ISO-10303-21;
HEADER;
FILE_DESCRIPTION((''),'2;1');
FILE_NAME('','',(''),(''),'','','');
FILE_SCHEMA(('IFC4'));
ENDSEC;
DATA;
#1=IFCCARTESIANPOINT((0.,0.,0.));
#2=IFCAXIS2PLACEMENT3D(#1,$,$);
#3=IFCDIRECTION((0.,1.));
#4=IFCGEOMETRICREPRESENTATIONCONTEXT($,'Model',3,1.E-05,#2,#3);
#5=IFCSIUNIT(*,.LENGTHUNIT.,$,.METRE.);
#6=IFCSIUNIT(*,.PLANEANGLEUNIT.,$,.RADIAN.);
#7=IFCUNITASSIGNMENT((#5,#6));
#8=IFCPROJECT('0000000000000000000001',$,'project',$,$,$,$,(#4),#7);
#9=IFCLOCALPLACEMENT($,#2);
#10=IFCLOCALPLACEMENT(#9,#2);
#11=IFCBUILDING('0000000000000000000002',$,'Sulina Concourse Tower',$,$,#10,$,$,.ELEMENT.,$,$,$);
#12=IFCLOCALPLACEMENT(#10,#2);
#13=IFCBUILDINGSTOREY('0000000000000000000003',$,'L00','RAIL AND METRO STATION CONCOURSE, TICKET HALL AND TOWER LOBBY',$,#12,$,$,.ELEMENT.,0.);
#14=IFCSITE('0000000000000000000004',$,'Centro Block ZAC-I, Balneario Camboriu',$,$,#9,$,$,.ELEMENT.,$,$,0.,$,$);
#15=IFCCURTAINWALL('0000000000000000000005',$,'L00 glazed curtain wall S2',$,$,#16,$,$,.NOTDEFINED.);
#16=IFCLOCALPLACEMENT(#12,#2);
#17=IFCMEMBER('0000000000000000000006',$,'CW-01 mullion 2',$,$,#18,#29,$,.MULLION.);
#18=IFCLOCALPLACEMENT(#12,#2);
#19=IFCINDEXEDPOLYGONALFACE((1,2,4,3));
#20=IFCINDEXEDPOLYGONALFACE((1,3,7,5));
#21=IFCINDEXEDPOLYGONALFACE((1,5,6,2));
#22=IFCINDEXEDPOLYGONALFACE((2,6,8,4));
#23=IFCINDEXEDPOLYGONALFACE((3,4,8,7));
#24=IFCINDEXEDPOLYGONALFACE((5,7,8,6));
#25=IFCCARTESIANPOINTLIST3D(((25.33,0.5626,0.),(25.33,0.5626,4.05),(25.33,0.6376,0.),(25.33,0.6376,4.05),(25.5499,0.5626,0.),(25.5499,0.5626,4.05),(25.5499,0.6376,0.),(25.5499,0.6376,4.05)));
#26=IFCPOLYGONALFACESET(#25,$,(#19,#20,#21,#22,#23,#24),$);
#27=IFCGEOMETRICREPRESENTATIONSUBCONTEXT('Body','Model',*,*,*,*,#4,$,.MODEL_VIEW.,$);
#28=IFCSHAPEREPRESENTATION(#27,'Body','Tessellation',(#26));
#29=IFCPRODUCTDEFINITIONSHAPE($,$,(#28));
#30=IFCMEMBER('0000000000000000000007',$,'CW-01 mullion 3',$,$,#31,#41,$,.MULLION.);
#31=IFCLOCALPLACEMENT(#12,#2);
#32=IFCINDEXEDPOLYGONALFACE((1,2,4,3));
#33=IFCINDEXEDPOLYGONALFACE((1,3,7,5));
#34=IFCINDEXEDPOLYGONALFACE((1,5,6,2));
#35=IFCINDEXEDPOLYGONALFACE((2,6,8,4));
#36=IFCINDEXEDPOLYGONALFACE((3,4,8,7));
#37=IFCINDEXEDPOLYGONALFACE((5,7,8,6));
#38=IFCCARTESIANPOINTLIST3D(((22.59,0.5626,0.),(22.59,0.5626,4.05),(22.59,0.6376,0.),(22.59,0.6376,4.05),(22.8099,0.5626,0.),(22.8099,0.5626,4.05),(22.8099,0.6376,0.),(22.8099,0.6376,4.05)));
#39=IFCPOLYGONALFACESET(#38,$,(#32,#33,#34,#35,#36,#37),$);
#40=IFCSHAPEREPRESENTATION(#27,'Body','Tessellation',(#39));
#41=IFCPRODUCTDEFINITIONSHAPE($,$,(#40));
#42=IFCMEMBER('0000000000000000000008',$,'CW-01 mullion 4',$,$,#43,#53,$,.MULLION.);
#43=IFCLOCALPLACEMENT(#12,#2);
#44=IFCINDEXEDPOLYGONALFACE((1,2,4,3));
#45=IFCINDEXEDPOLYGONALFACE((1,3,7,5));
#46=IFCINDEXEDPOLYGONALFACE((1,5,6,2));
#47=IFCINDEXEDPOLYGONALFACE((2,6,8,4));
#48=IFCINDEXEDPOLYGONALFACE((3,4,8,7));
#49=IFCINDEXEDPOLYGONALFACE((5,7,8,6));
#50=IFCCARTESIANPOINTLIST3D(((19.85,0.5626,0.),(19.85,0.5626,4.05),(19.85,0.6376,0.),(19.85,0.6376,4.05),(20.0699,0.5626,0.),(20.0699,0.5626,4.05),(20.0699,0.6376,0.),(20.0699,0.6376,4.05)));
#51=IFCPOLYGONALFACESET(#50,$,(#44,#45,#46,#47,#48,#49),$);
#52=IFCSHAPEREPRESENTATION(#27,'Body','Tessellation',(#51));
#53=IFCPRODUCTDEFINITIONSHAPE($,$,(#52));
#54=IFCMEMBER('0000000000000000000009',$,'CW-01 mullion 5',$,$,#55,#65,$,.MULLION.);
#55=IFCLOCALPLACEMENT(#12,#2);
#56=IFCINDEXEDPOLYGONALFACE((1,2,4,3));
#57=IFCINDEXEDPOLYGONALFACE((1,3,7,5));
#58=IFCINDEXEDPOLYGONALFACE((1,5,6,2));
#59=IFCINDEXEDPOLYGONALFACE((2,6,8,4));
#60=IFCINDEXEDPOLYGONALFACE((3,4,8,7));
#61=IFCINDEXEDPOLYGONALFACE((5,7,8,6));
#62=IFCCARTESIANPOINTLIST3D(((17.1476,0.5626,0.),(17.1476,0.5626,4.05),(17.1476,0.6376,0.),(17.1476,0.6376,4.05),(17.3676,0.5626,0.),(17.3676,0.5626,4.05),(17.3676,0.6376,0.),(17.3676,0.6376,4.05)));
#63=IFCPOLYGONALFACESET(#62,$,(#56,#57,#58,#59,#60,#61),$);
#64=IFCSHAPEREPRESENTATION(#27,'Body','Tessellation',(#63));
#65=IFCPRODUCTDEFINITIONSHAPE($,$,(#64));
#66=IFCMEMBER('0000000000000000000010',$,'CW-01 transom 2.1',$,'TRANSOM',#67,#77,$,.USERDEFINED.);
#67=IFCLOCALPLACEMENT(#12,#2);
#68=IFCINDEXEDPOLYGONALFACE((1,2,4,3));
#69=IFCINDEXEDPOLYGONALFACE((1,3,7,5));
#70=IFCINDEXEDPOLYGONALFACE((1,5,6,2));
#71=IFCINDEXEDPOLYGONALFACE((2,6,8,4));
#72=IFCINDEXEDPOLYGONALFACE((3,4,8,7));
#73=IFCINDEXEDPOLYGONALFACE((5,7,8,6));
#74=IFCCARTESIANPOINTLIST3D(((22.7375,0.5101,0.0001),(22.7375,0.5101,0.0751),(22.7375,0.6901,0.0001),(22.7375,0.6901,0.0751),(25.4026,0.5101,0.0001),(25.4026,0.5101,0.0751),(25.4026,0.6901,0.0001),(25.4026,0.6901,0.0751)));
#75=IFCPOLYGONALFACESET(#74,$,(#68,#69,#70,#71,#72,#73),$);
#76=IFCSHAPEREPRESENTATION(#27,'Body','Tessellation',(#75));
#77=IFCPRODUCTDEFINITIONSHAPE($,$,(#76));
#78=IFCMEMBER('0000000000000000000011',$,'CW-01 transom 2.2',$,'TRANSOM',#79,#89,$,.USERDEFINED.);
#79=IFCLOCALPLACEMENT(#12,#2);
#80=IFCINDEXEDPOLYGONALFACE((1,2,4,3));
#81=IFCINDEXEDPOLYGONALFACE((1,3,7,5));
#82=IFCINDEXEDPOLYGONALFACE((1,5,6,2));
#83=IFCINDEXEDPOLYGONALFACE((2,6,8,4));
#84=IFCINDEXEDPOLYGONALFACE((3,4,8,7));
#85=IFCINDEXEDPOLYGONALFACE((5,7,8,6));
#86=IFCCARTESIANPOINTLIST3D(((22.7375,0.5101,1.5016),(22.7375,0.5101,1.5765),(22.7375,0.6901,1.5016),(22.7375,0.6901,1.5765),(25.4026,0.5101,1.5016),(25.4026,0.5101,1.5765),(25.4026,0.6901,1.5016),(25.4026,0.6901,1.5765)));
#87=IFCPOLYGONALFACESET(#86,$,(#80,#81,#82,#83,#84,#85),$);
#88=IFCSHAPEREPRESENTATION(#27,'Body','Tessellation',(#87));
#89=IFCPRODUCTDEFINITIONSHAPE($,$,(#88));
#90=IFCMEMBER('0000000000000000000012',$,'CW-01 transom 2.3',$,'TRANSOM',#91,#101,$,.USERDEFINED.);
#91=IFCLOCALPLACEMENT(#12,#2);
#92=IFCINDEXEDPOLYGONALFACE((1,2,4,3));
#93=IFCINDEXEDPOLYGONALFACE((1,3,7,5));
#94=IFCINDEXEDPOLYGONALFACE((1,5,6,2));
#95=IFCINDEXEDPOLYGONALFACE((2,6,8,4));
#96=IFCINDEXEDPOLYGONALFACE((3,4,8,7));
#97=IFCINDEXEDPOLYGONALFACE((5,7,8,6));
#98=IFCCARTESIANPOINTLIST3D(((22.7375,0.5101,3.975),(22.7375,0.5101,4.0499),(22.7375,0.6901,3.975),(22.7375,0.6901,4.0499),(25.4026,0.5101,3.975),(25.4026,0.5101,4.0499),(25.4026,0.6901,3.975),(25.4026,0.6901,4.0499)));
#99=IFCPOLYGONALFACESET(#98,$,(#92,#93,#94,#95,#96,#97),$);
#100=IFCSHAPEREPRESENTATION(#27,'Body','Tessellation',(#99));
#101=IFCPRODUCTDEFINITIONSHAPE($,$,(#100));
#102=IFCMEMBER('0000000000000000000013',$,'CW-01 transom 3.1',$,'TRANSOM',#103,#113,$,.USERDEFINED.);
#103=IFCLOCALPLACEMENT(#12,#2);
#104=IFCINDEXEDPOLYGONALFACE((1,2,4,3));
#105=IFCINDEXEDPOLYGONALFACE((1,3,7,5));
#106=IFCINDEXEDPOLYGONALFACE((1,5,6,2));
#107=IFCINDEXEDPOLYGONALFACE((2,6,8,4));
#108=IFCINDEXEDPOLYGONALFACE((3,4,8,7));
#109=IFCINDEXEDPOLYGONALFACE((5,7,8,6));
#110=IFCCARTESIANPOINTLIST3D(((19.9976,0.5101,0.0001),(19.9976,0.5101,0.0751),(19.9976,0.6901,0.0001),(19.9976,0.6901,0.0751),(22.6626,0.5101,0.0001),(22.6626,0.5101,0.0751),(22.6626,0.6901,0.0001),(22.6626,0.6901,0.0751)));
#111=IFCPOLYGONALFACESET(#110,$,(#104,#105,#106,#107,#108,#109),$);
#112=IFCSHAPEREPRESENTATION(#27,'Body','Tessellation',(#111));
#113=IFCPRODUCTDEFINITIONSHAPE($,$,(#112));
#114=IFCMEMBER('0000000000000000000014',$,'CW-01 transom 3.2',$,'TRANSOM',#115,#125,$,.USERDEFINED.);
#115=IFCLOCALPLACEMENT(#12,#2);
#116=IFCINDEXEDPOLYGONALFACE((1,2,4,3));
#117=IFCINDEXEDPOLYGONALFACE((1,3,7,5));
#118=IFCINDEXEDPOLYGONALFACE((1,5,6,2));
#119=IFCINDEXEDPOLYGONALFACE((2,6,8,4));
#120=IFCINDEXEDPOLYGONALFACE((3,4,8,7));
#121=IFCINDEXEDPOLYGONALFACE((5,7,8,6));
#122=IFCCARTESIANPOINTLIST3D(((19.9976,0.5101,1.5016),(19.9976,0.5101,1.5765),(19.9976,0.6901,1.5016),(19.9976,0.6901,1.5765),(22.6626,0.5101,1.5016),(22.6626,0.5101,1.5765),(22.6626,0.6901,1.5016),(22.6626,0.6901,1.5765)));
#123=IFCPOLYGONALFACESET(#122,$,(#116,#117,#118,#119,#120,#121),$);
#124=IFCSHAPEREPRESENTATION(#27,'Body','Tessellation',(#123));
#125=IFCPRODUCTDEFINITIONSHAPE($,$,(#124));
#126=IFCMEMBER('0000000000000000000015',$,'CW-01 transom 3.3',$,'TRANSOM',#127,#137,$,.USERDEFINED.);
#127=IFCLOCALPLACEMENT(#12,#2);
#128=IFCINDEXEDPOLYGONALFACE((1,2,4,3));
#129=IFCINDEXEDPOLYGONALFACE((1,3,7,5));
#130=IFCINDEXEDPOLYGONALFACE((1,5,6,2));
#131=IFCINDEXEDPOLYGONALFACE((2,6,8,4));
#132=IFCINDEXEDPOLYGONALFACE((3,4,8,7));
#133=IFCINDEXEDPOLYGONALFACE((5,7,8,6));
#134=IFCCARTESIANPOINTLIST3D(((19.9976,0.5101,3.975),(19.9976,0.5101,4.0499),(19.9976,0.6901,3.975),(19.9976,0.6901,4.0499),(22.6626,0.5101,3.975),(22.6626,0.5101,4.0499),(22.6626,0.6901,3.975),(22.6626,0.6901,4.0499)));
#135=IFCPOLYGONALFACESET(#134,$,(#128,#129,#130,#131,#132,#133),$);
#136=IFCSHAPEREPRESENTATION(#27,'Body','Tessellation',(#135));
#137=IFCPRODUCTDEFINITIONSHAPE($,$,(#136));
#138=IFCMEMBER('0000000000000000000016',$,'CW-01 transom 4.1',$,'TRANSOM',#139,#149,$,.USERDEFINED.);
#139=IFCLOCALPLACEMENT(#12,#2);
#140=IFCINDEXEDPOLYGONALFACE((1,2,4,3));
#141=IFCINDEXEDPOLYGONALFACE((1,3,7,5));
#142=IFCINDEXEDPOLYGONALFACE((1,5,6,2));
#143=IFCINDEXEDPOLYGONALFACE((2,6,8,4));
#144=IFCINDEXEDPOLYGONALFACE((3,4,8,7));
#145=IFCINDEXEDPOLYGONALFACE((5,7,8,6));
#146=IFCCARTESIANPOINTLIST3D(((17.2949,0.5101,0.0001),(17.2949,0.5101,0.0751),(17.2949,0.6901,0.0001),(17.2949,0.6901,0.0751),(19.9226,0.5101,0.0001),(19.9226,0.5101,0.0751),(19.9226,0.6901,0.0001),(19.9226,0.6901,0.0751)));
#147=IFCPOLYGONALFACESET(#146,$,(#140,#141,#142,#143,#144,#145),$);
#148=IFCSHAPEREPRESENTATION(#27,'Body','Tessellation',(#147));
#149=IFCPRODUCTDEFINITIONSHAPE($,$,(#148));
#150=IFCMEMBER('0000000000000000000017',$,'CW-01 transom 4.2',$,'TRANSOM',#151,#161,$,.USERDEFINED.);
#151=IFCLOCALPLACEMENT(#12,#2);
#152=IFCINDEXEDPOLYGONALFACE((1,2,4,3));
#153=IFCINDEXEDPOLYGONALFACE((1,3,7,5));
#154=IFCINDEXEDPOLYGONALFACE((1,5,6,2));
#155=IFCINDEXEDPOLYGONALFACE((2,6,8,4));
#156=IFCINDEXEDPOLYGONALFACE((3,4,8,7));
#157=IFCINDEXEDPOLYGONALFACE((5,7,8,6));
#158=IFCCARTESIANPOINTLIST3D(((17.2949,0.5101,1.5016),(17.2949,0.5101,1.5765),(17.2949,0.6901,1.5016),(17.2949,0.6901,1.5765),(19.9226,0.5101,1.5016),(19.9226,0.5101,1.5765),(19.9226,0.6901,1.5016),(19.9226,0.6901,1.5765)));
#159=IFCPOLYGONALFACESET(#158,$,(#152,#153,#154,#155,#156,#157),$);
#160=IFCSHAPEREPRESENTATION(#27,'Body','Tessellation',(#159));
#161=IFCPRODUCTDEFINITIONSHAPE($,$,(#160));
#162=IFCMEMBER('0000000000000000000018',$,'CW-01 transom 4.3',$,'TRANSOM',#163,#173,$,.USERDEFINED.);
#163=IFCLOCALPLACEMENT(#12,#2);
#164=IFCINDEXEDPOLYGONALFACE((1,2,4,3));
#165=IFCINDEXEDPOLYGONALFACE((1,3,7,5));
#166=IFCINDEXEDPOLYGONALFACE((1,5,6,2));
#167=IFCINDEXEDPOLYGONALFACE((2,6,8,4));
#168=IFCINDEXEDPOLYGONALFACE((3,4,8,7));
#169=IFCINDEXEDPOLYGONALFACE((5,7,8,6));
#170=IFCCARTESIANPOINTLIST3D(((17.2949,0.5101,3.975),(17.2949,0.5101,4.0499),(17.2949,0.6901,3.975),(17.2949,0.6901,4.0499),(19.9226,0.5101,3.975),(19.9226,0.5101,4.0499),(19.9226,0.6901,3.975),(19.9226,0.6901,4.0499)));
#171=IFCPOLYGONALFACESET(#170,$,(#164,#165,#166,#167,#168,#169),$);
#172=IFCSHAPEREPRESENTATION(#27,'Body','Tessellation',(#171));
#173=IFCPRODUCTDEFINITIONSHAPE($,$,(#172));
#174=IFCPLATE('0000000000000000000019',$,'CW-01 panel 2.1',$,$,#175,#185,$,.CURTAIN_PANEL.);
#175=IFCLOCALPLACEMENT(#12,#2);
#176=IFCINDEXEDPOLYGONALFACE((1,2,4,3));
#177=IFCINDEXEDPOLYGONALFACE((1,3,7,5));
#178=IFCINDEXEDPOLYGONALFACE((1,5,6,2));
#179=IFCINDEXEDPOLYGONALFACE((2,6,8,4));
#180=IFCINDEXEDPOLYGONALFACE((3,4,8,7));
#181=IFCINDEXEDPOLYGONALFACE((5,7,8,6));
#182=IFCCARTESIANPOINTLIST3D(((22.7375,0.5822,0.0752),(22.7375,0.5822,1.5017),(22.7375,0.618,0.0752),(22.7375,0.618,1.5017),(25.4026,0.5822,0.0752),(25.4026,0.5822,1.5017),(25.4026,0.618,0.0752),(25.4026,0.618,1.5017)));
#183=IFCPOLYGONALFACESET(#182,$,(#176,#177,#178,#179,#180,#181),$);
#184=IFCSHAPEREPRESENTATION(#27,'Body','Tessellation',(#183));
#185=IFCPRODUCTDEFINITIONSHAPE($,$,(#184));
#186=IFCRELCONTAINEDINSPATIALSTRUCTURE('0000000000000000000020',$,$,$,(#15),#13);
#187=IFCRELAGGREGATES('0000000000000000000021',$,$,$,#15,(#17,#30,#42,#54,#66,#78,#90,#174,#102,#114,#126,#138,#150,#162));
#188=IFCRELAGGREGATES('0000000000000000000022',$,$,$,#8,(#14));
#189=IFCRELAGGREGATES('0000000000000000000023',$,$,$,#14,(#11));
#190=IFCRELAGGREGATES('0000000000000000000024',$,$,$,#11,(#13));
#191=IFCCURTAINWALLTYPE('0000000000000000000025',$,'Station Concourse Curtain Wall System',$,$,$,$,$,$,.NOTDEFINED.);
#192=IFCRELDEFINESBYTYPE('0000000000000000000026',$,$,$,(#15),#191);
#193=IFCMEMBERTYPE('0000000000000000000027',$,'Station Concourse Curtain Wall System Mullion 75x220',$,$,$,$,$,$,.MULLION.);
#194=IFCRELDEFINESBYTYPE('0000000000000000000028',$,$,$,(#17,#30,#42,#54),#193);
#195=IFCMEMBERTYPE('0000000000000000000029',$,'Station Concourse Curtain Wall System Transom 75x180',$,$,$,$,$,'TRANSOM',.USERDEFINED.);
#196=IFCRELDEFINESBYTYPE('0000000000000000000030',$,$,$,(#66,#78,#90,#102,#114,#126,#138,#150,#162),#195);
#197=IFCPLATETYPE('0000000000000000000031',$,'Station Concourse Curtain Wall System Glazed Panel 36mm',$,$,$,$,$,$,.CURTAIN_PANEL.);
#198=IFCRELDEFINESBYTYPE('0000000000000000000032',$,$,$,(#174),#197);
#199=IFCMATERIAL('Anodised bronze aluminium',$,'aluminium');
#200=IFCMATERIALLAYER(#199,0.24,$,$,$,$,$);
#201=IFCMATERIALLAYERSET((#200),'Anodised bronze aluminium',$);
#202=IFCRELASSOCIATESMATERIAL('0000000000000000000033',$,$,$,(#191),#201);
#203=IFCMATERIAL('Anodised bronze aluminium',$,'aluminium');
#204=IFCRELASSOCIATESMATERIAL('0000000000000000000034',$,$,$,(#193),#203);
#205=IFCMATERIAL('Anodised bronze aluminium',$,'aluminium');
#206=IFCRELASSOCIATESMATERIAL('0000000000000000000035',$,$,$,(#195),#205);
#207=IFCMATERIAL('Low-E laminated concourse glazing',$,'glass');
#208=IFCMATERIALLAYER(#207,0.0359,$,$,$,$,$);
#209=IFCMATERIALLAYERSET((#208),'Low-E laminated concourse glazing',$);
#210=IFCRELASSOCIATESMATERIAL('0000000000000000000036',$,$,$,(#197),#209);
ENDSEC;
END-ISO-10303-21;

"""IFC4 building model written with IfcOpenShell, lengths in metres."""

from ifc_helpers import new_model, si_unit, direction, frame, origin, origin_2d, place, context, subcontext, project, spatial, rectangle, extrude, material, layer, layer_set, material_profile, profile_set, type_object, element, aggregate, save


model = new_model("IFC4")

# Units and contexts
model_context = context("Model", 3, precision=1e-05, world=origin(), true_north=direction((0.0, 1.0)))
body_context = subcontext(model_context, "Body", "Model", "MODEL_VIEW")
ifc_project = project(units=[si_unit("LENGTHUNIT", "METRE"), si_unit("PLANEANGLEUNIT", "RADIAN")], contexts=[model_context])

# Site, building, storey
site_placement = place(None, origin())
site = spatial("IfcSite", under=ifc_project, at=site_placement, Name="Centro Block ZAC-I, Balneario Camboriu", CompositionType="ELEMENT", RefElevation=0.0)
building_placement = place(site_placement, origin())
building = spatial("IfcBuilding", under=site, at=building_placement, Name="Sulina Concourse Tower", CompositionType="ELEMENT")
storey_placement = place(building_placement, origin())
storey = spatial("IfcBuildingStorey", under=building, at=storey_placement, Name="L00", Description="RAIL AND METRO STATION CONCOURSE, TICKET HALL AND TOWER LOBBY", CompositionType="ELEMENT", Elevation=0.0)

# Curtain wall, members, plate
ifc_material_1 = material(Name="Anodised bronze aluminium", Category="aluminium")
ifc_layer_1 = layer(ifc_material_1, 0.24)
ifc_layer_set_1 = layer_set([ifc_layer_1], Name="Anodised bronze aluminium")
curtain_wall_type = type_object("IfcCurtainWallType", Name="Station Concourse Curtain Wall System", PredefinedType="NOTDEFINED", material=ifc_layer_set_1)
curtain_wall_placement = place(storey_placement, origin())
curtain_wall = element("IfcCurtainWall", 1, at=curtain_wall_placement, inside=storey, type_object=curtain_wall_type, Name="L00 glazed curtain wall S2", PredefinedType="NOTDEFINED")
ifc_material_2 = material(Name="Anodised bronze aluminium", Category="aluminium")
ifc_material_profile_1 = material_profile(ifc_material_2, rectangle(XDim=0.075, YDim=0.22, at=origin_2d()), Name="MUL 75x220")
ifc_profile_set_1 = profile_set([ifc_material_profile_1], Name="Anodised bronze aluminium")
member_type_1 = type_object("IfcMemberType", Name="Station Concourse Curtain Wall System Mullion 75x220", PredefinedType="MULLION", material=ifc_profile_set_1)
member_1_placement = place(storey_placement, frame((25.4399, 0.6001, 0.0), z_axis=(0.0, 0.0, 1.0), x_axis=(0.0, -1.0, 0.0)))
member_1 = element("IfcMember", 2, at=member_1_placement, type_object=member_type_1, Name="CW-01 mullion 2", PredefinedType="MULLION", context=body_context, shape_type="SweptSolid", body=[
    extrude(rectangle(XDim=0.075, YDim=0.22, at=origin_2d()), origin(), (0.0, 0.0, 1.0), 4.05),
])
member_2_placement = place(storey_placement, frame((22.7, 0.6001, 0.0), z_axis=(0.0, 0.0, 1.0), x_axis=(0.0, -1.0, 0.0)))
member_2 = element("IfcMember", 3, at=member_2_placement, type_object=member_type_1, Name="CW-01 mullion 3", PredefinedType="MULLION", context=body_context, shape_type="SweptSolid", body=[
    extrude(rectangle(XDim=0.075, YDim=0.22, at=origin_2d()), origin(), (0.0, 0.0, 1.0), 4.05),
])
member_3_placement = place(storey_placement, frame((19.96, 0.6001, 0.0), z_axis=(0.0, 0.0, 1.0), x_axis=(0.0, -1.0, 0.0)))
member_3 = element("IfcMember", 4, at=member_3_placement, type_object=member_type_1, Name="CW-01 mullion 4", PredefinedType="MULLION", context=body_context, shape_type="SweptSolid", body=[
    extrude(rectangle(XDim=0.075, YDim=0.22, at=origin_2d()), origin(), (0.0, 0.0, 1.0), 4.05),
])
member_4_placement = place(storey_placement, frame((17.2576, 0.6001, 0.0), z_axis=(0.0, 0.0, 1.0), x_axis=(0.0, -1.0, 0.0)))
member_4 = element("IfcMember", 5, at=member_4_placement, type_object=member_type_1, Name="CW-01 mullion 5", PredefinedType="MULLION", context=body_context, shape_type="SweptSolid", body=[
    extrude(rectangle(XDim=0.075, YDim=0.22, at=origin_2d()), origin(), (0.0, 0.0, 1.0), 4.05),
])
ifc_material_3 = material(Name="Anodised bronze aluminium", Category="aluminium")
ifc_material_profile_2 = material_profile(ifc_material_3, rectangle(XDim=0.1799, YDim=0.075, at=origin_2d()), Name="TRN 75x180")
ifc_profile_set_2 = profile_set([ifc_material_profile_2], Name="Anodised bronze aluminium")
member_type_2 = type_object("IfcMemberType", Name="Station Concourse Curtain Wall System Transom 75x180", ElementType="TRANSOM", PredefinedType="USERDEFINED", material=ifc_profile_set_2)
member_5_placement = place(storey_placement, frame((25.4026, 0.6001, 0.0376), z_axis=(-1.0, 0.0, 0.0), x_axis=(0.0, -1.0, 0.0)))
member_5 = element("IfcMember", 6, at=member_5_placement, type_object=member_type_2, Name="CW-01 transom 2.1", ObjectType="TRANSOM", PredefinedType="USERDEFINED", context=body_context, shape_type="SweptSolid", body=[
    extrude(rectangle(XDim=0.1799, YDim=0.075, at=origin_2d()), origin(), (0.0, 0.0, 1.0), 2.665),
])
member_6_placement = place(storey_placement, frame((25.4026, 0.6001, 1.5391), z_axis=(-1.0, 0.0, 0.0), x_axis=(0.0, -1.0, 0.0)))
member_6 = element("IfcMember", 7, at=member_6_placement, type_object=member_type_2, Name="CW-01 transom 2.2", ObjectType="TRANSOM", PredefinedType="USERDEFINED", context=body_context, shape_type="SweptSolid", body=[
    extrude(rectangle(XDim=0.1799, YDim=0.075, at=origin_2d()), origin(), (0.0, 0.0, 1.0), 2.665),
])
member_7_placement = place(storey_placement, frame((25.4026, 0.6001, 4.0125), z_axis=(-1.0, 0.0, 0.0), x_axis=(0.0, -1.0, 0.0)))
member_7 = element("IfcMember", 8, at=member_7_placement, type_object=member_type_2, Name="CW-01 transom 2.3", ObjectType="TRANSOM", PredefinedType="USERDEFINED", context=body_context, shape_type="SweptSolid", body=[
    extrude(rectangle(XDim=0.1799, YDim=0.075, at=origin_2d()), origin(), (0.0, 0.0, 1.0), 2.665),
])
member_8_placement = place(storey_placement, frame((22.6626, 0.6001, 0.0376), z_axis=(-1.0, 0.0, 0.0), x_axis=(0.0, -1.0, 0.0)))
member_8 = element("IfcMember", 9, at=member_8_placement, type_object=member_type_2, Name="CW-01 transom 3.1", ObjectType="TRANSOM", PredefinedType="USERDEFINED", context=body_context, shape_type="SweptSolid", body=[
    extrude(rectangle(XDim=0.1799, YDim=0.075, at=origin_2d()), origin(), (0.0, 0.0, 1.0), 2.665),
])
member_9_placement = place(storey_placement, frame((22.6626, 0.6001, 1.5391), z_axis=(-1.0, 0.0, 0.0), x_axis=(0.0, -1.0, 0.0)))
member_9 = element("IfcMember", 10, at=member_9_placement, type_object=member_type_2, Name="CW-01 transom 3.2", ObjectType="TRANSOM", PredefinedType="USERDEFINED", context=body_context, shape_type="SweptSolid", body=[
    extrude(rectangle(XDim=0.1799, YDim=0.075, at=origin_2d()), origin(), (0.0, 0.0, 1.0), 2.665),
])
member_10_placement = place(storey_placement, frame((22.6626, 0.6001, 4.0125), z_axis=(-1.0, 0.0, 0.0), x_axis=(0.0, -1.0, 0.0)))
member_10 = element("IfcMember", 11, at=member_10_placement, type_object=member_type_2, Name="CW-01 transom 3.3", ObjectType="TRANSOM", PredefinedType="USERDEFINED", context=body_context, shape_type="SweptSolid", body=[
    extrude(rectangle(XDim=0.1799, YDim=0.075, at=origin_2d()), origin(), (0.0, 0.0, 1.0), 2.665),
])
member_11_placement = place(storey_placement, frame((19.9226, 0.6001, 0.0376), z_axis=(-1.0, 0.0, 0.0), x_axis=(0.0, -1.0, 0.0)))
member_11 = element("IfcMember", 12, at=member_11_placement, type_object=member_type_2, Name="CW-01 transom 4.1", ObjectType="TRANSOM", PredefinedType="USERDEFINED", context=body_context, shape_type="SweptSolid", body=[
    extrude(rectangle(XDim=0.1799, YDim=0.075, at=origin_2d()), origin(), (0.0, 0.0, 1.0), 2.6277),
])
member_12_placement = place(storey_placement, frame((19.9226, 0.6001, 1.5391), z_axis=(-1.0, 0.0, 0.0), x_axis=(0.0, -1.0, 0.0)))
member_12 = element("IfcMember", 13, at=member_12_placement, type_object=member_type_2, Name="CW-01 transom 4.2", ObjectType="TRANSOM", PredefinedType="USERDEFINED", context=body_context, shape_type="SweptSolid", body=[
    extrude(rectangle(XDim=0.1799, YDim=0.075, at=origin_2d()), origin(), (0.0, 0.0, 1.0), 2.6277),
])
member_13_placement = place(storey_placement, frame((19.9226, 0.6001, 4.0125), z_axis=(-1.0, 0.0, 0.0), x_axis=(0.0, -1.0, 0.0)))
member_13 = element("IfcMember", 14, at=member_13_placement, type_object=member_type_2, Name="CW-01 transom 4.3", ObjectType="TRANSOM", PredefinedType="USERDEFINED", context=body_context, shape_type="SweptSolid", body=[
    extrude(rectangle(XDim=0.1799, YDim=0.075, at=origin_2d()), origin(), (0.0, 0.0, 1.0), 2.6277),
])
ifc_material_4 = material(Name="Low-E laminated concourse glazing", Category="glass")
ifc_layer_2 = layer(ifc_material_4, 0.0359)
ifc_layer_set_2 = layer_set([ifc_layer_2], Name="Low-E laminated concourse glazing")
plate_type = type_object("IfcPlateType", Name="Station Concourse Curtain Wall System Glazed Panel 36mm", PredefinedType="CURTAIN_PANEL", material=ifc_layer_set_2)
plate_1_placement = place(storey_placement, frame((24.0701, 0.6001, 0.0752), z_axis=(0.0, 0.0, 1.0), x_axis=(-1.0, 0.0, 0.0)))
plate_1 = element("IfcPlate", 15, at=plate_1_placement, type_object=plate_type, Name="CW-01 panel 2.1", PredefinedType="CURTAIN_PANEL", context=body_context, shape_type="SweptSolid", body=[
    extrude(rectangle(XDim=2.665, YDim=0.0359, at=origin_2d()), origin(), (0.0, 0.0, 1.0), 1.4265),
])
aggregate(curtain_wall, [member_1, member_2, member_3, member_4, member_5, member_6, member_7, plate_1, member_8, member_9, member_10, member_11, member_12, member_13])

save(model, "model.ifc")
